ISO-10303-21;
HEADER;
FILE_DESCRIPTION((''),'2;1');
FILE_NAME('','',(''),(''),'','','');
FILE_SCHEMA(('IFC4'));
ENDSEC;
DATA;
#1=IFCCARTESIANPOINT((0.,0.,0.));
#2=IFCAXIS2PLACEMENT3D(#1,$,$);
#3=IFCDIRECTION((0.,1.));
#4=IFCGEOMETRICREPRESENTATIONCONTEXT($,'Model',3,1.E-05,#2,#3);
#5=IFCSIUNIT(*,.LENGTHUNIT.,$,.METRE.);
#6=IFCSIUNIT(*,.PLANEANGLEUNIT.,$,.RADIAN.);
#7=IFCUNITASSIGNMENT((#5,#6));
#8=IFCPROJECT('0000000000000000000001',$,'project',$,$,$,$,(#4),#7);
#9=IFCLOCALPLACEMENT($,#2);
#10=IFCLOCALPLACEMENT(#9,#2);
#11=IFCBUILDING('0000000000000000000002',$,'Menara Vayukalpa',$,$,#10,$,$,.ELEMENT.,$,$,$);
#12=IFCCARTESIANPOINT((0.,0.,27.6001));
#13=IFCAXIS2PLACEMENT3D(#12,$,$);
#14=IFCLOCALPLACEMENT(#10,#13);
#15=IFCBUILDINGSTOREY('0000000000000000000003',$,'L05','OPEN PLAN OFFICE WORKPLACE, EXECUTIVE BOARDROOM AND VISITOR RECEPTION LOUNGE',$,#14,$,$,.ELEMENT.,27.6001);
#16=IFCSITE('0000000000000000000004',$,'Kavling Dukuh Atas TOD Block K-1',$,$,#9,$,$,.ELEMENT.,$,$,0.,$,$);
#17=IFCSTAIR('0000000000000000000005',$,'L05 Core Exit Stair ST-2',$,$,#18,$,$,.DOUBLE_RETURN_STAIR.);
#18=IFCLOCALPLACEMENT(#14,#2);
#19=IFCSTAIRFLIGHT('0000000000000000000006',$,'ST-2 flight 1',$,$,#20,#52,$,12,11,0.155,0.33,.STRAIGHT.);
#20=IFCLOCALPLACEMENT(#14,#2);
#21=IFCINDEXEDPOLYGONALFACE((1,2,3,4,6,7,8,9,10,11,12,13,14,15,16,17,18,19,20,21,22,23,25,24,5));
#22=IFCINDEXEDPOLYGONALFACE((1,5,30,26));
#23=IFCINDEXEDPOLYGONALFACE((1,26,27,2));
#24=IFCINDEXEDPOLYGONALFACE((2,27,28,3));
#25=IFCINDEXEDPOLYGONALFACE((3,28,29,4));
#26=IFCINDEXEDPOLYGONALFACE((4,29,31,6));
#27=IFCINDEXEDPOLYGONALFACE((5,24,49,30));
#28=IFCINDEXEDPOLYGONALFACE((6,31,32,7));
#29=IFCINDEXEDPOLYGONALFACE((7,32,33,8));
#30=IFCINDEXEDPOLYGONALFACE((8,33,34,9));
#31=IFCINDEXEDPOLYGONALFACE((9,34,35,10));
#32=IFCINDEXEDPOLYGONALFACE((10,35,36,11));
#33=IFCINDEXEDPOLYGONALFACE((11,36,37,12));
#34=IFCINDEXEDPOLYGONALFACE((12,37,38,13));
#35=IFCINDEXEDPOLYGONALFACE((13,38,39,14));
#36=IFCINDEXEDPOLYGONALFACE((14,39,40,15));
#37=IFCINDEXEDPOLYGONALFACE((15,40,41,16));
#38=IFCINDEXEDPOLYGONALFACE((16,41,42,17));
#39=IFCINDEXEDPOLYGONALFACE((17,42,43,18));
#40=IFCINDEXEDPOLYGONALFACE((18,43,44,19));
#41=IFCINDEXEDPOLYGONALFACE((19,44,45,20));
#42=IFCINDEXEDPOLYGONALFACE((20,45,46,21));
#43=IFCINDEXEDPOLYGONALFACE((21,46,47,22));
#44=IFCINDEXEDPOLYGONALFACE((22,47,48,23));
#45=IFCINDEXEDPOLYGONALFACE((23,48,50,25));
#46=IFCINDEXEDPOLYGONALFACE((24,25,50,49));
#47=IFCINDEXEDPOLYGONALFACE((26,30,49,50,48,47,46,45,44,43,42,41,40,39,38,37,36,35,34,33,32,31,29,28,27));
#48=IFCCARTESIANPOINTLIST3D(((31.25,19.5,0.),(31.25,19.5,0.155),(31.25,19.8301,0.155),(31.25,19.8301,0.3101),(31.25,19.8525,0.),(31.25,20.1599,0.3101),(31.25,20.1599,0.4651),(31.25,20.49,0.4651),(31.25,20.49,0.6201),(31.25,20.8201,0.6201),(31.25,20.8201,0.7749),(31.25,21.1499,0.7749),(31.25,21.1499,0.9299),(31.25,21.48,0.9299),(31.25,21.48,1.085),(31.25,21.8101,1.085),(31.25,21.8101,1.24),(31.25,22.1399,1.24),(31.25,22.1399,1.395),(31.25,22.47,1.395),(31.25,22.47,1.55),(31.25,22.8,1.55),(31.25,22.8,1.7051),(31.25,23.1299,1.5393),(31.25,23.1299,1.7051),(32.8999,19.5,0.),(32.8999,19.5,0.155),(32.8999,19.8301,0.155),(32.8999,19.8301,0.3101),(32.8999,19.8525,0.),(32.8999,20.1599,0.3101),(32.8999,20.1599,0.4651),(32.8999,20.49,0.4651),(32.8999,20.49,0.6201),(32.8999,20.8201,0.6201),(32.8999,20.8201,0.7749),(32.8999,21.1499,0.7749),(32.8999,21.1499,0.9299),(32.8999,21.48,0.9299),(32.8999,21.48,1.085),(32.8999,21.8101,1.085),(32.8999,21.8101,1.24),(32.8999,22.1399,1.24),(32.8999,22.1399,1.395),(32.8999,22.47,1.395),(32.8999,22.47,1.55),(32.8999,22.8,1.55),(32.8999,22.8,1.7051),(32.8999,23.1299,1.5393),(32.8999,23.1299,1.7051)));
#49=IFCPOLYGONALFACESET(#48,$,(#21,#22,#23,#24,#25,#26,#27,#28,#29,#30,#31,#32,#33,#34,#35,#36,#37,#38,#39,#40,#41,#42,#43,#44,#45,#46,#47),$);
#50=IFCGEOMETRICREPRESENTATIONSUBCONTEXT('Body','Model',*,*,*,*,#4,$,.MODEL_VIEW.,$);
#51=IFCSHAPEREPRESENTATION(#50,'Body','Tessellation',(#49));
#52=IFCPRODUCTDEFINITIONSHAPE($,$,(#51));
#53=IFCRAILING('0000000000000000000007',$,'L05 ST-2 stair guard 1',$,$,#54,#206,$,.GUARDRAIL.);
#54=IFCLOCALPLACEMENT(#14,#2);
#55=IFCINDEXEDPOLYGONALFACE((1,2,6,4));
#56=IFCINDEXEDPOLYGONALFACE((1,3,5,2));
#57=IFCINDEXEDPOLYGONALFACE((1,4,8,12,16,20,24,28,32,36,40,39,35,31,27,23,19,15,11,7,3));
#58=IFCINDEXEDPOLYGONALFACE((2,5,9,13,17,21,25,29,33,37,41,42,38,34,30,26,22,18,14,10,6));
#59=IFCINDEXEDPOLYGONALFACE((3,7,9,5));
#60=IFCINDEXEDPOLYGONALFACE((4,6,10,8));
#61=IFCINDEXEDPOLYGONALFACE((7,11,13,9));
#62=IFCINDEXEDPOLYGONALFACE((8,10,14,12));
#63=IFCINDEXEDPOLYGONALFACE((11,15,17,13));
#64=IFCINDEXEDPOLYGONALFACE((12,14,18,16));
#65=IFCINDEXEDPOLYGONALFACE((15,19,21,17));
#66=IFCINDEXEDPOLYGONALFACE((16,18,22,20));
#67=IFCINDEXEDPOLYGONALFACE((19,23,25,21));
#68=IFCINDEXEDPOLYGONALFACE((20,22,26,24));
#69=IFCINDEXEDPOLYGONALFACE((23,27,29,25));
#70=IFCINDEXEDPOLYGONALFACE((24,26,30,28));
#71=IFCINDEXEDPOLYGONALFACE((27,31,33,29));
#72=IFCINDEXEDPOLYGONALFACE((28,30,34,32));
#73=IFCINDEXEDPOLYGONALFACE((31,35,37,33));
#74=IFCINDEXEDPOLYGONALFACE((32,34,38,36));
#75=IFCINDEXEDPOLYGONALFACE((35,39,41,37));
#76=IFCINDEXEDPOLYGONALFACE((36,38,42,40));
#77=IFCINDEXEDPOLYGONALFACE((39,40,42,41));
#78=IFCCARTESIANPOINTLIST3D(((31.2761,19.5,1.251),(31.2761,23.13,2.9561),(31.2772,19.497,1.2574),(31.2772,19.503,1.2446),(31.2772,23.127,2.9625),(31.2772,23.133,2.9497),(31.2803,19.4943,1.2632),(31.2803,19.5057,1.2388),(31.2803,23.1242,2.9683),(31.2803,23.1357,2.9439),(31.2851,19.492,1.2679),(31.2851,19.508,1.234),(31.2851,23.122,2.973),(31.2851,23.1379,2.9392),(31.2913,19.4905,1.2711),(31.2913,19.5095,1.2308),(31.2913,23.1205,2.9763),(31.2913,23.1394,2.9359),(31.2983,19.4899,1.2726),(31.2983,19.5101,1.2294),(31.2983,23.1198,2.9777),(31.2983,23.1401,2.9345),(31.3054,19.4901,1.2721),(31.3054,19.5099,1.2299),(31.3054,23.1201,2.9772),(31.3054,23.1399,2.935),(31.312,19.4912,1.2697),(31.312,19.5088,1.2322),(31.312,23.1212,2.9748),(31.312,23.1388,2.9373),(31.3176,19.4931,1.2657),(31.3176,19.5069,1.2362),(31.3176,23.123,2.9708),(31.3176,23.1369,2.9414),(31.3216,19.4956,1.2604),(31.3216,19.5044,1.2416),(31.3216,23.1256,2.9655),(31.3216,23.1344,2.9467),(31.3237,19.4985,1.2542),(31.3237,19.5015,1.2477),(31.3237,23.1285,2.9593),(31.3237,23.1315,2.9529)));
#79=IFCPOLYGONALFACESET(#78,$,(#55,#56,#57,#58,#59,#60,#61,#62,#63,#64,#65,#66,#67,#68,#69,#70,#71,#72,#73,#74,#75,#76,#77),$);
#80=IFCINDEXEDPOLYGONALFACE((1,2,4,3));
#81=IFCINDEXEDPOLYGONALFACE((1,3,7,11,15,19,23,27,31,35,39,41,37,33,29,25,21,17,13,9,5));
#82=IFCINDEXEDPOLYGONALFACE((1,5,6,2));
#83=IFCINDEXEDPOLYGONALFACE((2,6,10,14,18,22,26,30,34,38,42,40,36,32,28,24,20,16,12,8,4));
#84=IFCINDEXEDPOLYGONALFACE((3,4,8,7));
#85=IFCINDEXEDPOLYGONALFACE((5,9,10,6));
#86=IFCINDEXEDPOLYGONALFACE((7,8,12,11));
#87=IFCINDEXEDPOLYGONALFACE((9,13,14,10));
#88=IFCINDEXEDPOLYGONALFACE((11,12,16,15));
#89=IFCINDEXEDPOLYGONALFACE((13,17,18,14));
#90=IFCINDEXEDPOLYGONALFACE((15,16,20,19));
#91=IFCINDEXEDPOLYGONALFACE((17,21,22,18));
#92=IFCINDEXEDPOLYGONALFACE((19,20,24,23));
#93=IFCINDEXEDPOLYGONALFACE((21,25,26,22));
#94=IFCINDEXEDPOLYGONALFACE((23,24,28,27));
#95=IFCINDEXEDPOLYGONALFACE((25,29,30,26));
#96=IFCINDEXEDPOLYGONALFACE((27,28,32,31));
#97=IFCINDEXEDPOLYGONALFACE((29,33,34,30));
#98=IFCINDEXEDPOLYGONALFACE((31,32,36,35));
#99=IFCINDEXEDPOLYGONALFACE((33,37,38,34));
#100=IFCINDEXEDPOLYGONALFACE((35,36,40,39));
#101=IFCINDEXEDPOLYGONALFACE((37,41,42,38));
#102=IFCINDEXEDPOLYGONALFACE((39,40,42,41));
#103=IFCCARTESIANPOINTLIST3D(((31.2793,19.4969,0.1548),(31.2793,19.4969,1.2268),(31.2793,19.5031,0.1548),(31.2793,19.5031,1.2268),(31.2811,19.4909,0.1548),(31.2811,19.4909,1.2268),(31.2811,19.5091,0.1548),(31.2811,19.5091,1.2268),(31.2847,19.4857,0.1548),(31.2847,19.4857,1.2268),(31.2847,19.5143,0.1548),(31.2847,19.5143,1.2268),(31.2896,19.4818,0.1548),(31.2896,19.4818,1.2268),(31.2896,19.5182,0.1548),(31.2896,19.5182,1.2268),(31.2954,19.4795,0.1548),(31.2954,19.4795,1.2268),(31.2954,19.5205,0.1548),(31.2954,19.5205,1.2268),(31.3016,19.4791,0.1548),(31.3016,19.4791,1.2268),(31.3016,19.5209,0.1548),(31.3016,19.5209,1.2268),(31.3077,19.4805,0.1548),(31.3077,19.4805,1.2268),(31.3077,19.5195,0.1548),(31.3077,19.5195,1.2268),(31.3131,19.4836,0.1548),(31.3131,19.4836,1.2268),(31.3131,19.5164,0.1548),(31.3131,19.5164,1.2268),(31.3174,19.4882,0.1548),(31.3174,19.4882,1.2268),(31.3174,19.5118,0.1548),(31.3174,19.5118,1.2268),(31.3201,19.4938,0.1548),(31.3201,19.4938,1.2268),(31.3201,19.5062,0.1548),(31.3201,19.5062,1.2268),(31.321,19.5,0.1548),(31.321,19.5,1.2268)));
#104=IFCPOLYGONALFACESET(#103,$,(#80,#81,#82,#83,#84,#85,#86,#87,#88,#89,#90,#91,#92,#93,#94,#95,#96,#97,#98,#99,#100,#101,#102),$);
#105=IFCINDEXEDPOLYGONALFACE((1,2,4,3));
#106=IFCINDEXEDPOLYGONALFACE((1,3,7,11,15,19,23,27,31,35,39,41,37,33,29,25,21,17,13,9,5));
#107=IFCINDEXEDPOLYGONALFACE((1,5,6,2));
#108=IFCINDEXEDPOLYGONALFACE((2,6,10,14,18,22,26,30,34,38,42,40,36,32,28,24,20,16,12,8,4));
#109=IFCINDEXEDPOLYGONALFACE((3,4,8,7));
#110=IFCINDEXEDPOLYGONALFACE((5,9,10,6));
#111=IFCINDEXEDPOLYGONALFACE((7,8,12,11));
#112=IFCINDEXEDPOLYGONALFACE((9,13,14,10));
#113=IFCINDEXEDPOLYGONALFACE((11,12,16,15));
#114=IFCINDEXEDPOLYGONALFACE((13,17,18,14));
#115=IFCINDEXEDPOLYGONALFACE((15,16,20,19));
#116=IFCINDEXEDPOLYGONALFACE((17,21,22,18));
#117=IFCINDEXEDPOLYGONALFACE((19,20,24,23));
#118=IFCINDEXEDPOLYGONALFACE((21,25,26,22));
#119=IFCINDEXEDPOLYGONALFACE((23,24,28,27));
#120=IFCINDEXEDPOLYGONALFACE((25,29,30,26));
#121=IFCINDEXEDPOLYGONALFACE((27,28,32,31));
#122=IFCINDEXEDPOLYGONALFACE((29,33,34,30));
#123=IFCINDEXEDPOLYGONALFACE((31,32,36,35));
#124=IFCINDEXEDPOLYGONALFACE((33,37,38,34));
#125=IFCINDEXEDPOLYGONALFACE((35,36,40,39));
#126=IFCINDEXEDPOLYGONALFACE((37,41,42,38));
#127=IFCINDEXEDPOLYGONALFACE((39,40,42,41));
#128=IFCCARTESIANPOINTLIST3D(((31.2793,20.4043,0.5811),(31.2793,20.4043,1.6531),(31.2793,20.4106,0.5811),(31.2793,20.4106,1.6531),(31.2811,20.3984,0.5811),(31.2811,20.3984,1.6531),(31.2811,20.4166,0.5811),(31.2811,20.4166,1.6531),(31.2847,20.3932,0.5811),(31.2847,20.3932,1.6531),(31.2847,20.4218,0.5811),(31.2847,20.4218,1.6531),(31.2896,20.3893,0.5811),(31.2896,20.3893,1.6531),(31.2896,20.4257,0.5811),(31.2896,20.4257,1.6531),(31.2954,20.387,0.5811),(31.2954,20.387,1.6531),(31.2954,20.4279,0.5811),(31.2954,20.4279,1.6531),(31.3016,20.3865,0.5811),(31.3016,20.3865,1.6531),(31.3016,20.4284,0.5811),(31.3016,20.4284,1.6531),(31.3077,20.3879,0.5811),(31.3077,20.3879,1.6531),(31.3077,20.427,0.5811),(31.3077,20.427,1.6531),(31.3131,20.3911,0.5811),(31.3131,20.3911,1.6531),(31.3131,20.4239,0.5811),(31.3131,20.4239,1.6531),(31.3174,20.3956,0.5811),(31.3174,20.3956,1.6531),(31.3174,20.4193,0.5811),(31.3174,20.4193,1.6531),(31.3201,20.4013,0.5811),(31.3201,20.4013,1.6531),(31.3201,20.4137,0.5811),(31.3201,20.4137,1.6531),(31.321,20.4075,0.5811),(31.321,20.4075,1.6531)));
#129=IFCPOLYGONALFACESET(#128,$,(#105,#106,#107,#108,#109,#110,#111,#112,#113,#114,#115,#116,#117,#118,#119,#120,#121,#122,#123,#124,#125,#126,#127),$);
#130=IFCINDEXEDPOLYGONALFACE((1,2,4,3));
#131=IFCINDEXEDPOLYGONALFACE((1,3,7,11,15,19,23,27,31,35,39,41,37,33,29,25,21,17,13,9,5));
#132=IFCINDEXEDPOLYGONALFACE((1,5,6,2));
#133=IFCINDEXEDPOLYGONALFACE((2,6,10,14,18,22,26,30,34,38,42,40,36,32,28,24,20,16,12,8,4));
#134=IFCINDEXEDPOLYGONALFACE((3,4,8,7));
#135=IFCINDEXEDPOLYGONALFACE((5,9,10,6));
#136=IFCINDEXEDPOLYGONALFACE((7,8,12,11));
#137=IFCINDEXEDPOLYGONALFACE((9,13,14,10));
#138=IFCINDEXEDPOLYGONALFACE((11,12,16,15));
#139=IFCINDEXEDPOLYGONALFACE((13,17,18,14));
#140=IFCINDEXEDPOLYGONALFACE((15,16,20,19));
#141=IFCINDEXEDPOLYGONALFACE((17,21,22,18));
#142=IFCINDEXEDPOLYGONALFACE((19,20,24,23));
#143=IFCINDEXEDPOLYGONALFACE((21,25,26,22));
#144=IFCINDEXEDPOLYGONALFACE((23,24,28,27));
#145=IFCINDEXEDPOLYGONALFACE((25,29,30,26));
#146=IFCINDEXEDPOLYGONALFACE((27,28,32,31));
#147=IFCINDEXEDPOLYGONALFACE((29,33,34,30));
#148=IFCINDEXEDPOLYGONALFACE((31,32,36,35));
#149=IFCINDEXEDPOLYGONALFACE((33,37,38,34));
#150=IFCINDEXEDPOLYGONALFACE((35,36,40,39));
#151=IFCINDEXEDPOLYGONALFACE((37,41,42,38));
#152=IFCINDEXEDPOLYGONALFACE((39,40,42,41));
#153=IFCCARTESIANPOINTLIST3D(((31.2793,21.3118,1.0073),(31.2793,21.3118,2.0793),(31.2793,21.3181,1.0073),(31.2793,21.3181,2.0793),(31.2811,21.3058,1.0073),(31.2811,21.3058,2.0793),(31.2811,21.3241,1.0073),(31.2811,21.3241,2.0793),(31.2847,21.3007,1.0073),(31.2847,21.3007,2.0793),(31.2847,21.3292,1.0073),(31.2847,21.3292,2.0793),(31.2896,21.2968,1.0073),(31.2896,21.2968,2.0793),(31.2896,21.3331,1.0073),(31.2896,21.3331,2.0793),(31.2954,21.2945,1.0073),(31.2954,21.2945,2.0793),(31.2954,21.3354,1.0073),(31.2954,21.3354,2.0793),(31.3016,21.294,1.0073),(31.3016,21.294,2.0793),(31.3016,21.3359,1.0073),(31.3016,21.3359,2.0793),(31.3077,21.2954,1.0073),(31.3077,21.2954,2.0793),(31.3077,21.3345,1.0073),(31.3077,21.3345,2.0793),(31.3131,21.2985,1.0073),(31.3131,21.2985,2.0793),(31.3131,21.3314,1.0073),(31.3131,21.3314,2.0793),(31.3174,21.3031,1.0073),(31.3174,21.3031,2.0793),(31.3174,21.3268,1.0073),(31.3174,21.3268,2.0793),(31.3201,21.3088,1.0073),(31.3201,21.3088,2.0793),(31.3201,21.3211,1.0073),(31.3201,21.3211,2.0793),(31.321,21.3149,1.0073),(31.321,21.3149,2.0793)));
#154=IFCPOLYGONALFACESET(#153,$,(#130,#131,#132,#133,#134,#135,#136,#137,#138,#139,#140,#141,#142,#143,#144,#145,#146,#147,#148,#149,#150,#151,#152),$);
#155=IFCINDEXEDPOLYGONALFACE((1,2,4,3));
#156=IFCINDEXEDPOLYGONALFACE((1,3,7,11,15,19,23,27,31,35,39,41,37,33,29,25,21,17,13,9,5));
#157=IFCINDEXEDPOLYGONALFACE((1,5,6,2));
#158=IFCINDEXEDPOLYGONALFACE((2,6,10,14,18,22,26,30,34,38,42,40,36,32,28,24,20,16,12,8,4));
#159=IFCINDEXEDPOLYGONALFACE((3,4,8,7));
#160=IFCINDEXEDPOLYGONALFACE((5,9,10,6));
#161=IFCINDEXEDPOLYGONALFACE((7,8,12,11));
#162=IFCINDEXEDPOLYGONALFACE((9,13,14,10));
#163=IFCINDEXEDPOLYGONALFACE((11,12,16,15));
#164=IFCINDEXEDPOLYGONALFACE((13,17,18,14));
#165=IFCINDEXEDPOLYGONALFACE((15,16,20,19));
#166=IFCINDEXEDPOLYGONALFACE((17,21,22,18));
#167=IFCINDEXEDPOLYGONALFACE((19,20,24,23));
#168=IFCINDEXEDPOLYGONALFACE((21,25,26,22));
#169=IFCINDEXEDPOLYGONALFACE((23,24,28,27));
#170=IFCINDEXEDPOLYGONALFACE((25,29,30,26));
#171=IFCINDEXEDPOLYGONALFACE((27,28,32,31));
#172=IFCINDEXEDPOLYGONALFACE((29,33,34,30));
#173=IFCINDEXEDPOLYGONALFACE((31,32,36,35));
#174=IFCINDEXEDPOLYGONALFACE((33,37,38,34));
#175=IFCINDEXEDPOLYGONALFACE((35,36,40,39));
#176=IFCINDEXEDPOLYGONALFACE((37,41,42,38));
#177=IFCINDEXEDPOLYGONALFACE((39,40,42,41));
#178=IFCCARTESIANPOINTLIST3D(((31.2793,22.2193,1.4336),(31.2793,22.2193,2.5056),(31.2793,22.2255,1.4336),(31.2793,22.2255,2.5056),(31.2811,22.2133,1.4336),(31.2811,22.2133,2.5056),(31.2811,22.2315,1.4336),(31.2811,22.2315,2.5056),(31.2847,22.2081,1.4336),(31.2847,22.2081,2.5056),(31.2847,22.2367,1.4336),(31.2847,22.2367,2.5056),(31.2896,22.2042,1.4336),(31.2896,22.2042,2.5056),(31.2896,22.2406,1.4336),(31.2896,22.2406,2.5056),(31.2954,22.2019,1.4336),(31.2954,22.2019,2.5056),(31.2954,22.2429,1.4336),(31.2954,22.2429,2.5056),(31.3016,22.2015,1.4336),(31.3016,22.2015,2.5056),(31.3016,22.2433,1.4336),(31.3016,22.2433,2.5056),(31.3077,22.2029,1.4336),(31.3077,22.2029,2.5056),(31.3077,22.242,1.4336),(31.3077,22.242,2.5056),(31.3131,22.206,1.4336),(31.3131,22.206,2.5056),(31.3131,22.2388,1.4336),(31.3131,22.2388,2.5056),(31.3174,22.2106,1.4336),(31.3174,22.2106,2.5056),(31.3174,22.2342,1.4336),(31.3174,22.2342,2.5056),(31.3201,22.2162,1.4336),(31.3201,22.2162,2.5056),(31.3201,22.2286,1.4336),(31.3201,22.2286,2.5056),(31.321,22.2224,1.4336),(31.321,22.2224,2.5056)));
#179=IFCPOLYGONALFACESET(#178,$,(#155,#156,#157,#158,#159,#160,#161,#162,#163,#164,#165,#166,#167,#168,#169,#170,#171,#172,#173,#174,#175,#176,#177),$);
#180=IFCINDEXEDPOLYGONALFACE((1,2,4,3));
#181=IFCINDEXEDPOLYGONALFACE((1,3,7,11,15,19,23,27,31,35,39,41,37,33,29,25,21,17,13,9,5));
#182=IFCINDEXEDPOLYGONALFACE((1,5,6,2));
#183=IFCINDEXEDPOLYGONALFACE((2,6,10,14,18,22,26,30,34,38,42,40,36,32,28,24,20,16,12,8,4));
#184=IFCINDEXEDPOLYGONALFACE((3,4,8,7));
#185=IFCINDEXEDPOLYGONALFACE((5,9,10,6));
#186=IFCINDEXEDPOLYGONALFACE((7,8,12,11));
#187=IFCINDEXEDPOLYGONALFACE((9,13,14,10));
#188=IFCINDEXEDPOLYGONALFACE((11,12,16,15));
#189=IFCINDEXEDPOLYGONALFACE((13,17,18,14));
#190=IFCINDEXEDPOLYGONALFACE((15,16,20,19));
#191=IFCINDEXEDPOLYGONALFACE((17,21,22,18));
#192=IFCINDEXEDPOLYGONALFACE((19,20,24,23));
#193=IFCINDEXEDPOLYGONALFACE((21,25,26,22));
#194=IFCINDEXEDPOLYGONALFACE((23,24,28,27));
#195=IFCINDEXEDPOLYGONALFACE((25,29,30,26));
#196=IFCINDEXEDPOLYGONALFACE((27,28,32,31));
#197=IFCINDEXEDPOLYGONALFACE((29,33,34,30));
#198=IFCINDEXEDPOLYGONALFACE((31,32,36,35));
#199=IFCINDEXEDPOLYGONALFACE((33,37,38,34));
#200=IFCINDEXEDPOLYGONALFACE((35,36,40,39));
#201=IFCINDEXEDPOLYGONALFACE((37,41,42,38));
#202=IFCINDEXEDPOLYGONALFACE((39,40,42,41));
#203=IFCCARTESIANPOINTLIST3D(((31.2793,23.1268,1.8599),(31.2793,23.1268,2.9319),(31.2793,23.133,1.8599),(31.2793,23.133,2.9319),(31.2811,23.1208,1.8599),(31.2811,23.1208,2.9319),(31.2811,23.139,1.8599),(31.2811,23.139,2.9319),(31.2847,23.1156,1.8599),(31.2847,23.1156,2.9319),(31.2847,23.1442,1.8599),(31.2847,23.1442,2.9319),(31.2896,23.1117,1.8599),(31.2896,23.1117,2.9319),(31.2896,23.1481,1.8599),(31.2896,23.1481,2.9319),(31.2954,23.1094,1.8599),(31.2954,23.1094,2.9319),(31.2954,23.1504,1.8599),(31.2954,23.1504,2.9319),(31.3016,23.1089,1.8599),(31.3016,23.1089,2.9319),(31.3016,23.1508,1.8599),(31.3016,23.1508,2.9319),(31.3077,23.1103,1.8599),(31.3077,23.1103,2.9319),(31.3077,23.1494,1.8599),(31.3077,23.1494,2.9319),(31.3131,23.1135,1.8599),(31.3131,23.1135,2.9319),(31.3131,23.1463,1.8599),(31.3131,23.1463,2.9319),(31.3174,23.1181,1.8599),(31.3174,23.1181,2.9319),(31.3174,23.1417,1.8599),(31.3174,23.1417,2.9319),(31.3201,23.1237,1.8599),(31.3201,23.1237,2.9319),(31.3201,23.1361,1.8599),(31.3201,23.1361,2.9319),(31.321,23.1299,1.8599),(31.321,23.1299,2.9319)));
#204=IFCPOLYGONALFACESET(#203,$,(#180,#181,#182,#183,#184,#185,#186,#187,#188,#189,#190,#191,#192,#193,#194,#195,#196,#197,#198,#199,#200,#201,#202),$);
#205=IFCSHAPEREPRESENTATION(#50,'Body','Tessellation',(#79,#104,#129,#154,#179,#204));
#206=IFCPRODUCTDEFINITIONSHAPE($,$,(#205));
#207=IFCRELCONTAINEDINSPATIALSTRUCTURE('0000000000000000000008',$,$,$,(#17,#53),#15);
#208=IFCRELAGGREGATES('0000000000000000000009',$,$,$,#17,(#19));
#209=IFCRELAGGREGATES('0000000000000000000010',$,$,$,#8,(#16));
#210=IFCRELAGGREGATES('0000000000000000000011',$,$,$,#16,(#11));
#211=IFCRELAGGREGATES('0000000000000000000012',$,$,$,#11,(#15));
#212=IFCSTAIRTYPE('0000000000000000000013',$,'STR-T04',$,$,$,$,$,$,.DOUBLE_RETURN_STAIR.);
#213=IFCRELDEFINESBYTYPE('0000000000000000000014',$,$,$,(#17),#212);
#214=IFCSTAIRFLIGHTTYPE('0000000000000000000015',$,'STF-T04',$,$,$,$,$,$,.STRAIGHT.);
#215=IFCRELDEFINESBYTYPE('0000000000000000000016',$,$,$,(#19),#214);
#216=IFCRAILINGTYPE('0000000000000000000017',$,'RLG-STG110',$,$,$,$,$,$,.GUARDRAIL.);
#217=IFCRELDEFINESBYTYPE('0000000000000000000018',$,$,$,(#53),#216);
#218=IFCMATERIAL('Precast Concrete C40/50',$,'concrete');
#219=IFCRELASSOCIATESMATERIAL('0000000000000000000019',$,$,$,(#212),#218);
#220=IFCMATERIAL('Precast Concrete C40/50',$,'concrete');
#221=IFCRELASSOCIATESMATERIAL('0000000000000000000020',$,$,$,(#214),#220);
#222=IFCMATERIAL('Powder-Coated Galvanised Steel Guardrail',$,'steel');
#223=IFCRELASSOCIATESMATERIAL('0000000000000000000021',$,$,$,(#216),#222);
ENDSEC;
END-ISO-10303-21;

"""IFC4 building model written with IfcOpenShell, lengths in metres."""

from ifc_helpers import new_model, si_unit, direction, frame, origin, origin_2d, place, context, subcontext, project, spatial, polyline, circle, outline, extrude, material, type_object, element, aggregate, save


model = new_model("IFC4")

# Units and contexts
model_context = context("Model", 3, precision=1e-05, world=origin(), true_north=direction((0.0, 1.0)))
body_context = subcontext(model_context, "Body", "Model", "MODEL_VIEW")
ifc_project = project(units=[si_unit("LENGTHUNIT", "METRE"), si_unit("PLANEANGLEUNIT", "RADIAN")], contexts=[model_context])

# Site, building, storey
site_placement = place(None, origin())
site = spatial("IfcSite", under=ifc_project, at=site_placement, Name="Kavling Dukuh Atas TOD Block K-1", CompositionType="ELEMENT", RefElevation=0.0)
building_placement = place(site_placement, origin())
building = spatial("IfcBuilding", under=site, at=building_placement, Name="Menara Vayukalpa", CompositionType="ELEMENT")
storey_placement = place(building_placement, frame((0.0, 0.0, 27.6001)))
storey = spatial("IfcBuildingStorey", under=building, at=storey_placement, Name="L05", Description="OPEN PLAN OFFICE WORKPLACE, EXECUTIVE BOARDROOM AND VISITOR RECEPTION LOUNGE", CompositionType="ELEMENT", Elevation=27.6001)

# Stair, stair flight
ifc_material_1 = material(Name="Precast Concrete C40/50", Category="concrete")
stair_type = type_object("IfcStairType", Name="STR-T04", PredefinedType="DOUBLE_RETURN_STAIR", material=ifc_material_1)
stair_placement = place(storey_placement, origin())
stair = element("IfcStair", 1, at=stair_placement, inside=storey, type_object=stair_type, Name="L05 Core Exit Stair ST-2", PredefinedType="DOUBLE_RETURN_STAIR")
ifc_material_2 = material(Name="Precast Concrete C40/50", Category="concrete")
stair_flight_type = type_object("IfcStairFlightType", Name="STF-T04", PredefinedType="STRAIGHT", material=ifc_material_2)
stair_flight_placement = place(storey_placement, frame((32.075, 19.5, 0.0), z_axis=(0.0, 0.0, 1.0), x_axis=(0.0, 1.0, 0.0)))
stair_flight = element("IfcStairFlight", 2, at=stair_flight_placement, type_object=stair_flight_type, Name="ST-2 flight 1", NumberOfRisers=12, NumberOfTreads=11, PredefinedType="STRAIGHT", RiserHeight=0.155, TreadLength=0.33, context=body_context, shape_type="SweptSolid", body=[
    extrude(outline(polyline([(0.0, 0.0), (0.0, 0.155), (0.3301, 0.155), (0.3301, 0.3101), (0.6599, 0.3101), (0.6599, 0.4651), (0.99, 0.4651), (0.99, 0.6201), (1.3201, 0.6201), (1.3201, 0.7749), (1.6499, 0.7749), (1.6499, 0.9299), (1.98, 0.9299), (1.98, 1.085), (2.3101, 1.085), (2.3101, 1.24), (2.6399, 1.24), (2.6399, 1.395), (2.97, 1.395), (2.97, 1.55), (3.3, 1.55), (3.3, 1.7051), (3.6299, 1.7051), (3.6299, 1.8601), (3.6299, 1.5393), (0.3525, 0.0), (0.0, 0.0)])), frame((0.0, 0.825, 0.0), z_axis=(0.0, -1.0, 0.0), x_axis=(1.0, 0.0, 0.0)), (0.0, 0.0, 1.0), 1.6499),
])
aggregate(stair, [stair_flight])

# Railing
ifc_material_3 = material(Name="Powder-Coated Galvanised Steel Guardrail", Category="steel")
railing_type_1 = type_object("IfcRailingType", Name="RLG-STG110", PredefinedType="GUARDRAIL", material=ifc_material_3)
railing_1_placement = place(storey_placement, frame((31.3, 19.5, 0.1548)))
element("IfcRailing", 3, at=railing_1_placement, inside=storey, type_object=railing_type_1, Name="L05 ST-2 stair guard 1", PredefinedType="GUARDRAIL", context=body_context, shape_type="SweptSolid", body=[
    extrude(circle(Radius=0.0239, at=origin_2d()), frame((0.0, 0.0, 1.0962), z_axis=(0.0, 0.905116, 0.425164), x_axis=(-1.0, 0.0, 0.0)), (0.0, 0.0, 1.0), 4.0105),
    extrude(circle(Radius=0.021, at=origin_2d()), origin(), (0.0, 0.0, 1.0), 1.072),
    extrude(circle(Radius=0.021, at=origin_2d()), frame((0.0, 0.9075, 0.4263)), (0.0, 0.0, 1.0), 1.072),
    extrude(circle(Radius=0.021, at=origin_2d()), frame((0.0, 1.8149, 0.8525)), (0.0, 0.0, 1.0), 1.072),
    extrude(circle(Radius=0.021, at=origin_2d()), frame((0.0, 2.7224, 1.2788)), (0.0, 0.0, 1.0), 1.072),
    extrude(circle(Radius=0.021, at=origin_2d()), frame((0.0, 3.6299, 1.7051)), (0.0, 0.0, 1.0), 1.072),
])

save(model, "model.ifc")
